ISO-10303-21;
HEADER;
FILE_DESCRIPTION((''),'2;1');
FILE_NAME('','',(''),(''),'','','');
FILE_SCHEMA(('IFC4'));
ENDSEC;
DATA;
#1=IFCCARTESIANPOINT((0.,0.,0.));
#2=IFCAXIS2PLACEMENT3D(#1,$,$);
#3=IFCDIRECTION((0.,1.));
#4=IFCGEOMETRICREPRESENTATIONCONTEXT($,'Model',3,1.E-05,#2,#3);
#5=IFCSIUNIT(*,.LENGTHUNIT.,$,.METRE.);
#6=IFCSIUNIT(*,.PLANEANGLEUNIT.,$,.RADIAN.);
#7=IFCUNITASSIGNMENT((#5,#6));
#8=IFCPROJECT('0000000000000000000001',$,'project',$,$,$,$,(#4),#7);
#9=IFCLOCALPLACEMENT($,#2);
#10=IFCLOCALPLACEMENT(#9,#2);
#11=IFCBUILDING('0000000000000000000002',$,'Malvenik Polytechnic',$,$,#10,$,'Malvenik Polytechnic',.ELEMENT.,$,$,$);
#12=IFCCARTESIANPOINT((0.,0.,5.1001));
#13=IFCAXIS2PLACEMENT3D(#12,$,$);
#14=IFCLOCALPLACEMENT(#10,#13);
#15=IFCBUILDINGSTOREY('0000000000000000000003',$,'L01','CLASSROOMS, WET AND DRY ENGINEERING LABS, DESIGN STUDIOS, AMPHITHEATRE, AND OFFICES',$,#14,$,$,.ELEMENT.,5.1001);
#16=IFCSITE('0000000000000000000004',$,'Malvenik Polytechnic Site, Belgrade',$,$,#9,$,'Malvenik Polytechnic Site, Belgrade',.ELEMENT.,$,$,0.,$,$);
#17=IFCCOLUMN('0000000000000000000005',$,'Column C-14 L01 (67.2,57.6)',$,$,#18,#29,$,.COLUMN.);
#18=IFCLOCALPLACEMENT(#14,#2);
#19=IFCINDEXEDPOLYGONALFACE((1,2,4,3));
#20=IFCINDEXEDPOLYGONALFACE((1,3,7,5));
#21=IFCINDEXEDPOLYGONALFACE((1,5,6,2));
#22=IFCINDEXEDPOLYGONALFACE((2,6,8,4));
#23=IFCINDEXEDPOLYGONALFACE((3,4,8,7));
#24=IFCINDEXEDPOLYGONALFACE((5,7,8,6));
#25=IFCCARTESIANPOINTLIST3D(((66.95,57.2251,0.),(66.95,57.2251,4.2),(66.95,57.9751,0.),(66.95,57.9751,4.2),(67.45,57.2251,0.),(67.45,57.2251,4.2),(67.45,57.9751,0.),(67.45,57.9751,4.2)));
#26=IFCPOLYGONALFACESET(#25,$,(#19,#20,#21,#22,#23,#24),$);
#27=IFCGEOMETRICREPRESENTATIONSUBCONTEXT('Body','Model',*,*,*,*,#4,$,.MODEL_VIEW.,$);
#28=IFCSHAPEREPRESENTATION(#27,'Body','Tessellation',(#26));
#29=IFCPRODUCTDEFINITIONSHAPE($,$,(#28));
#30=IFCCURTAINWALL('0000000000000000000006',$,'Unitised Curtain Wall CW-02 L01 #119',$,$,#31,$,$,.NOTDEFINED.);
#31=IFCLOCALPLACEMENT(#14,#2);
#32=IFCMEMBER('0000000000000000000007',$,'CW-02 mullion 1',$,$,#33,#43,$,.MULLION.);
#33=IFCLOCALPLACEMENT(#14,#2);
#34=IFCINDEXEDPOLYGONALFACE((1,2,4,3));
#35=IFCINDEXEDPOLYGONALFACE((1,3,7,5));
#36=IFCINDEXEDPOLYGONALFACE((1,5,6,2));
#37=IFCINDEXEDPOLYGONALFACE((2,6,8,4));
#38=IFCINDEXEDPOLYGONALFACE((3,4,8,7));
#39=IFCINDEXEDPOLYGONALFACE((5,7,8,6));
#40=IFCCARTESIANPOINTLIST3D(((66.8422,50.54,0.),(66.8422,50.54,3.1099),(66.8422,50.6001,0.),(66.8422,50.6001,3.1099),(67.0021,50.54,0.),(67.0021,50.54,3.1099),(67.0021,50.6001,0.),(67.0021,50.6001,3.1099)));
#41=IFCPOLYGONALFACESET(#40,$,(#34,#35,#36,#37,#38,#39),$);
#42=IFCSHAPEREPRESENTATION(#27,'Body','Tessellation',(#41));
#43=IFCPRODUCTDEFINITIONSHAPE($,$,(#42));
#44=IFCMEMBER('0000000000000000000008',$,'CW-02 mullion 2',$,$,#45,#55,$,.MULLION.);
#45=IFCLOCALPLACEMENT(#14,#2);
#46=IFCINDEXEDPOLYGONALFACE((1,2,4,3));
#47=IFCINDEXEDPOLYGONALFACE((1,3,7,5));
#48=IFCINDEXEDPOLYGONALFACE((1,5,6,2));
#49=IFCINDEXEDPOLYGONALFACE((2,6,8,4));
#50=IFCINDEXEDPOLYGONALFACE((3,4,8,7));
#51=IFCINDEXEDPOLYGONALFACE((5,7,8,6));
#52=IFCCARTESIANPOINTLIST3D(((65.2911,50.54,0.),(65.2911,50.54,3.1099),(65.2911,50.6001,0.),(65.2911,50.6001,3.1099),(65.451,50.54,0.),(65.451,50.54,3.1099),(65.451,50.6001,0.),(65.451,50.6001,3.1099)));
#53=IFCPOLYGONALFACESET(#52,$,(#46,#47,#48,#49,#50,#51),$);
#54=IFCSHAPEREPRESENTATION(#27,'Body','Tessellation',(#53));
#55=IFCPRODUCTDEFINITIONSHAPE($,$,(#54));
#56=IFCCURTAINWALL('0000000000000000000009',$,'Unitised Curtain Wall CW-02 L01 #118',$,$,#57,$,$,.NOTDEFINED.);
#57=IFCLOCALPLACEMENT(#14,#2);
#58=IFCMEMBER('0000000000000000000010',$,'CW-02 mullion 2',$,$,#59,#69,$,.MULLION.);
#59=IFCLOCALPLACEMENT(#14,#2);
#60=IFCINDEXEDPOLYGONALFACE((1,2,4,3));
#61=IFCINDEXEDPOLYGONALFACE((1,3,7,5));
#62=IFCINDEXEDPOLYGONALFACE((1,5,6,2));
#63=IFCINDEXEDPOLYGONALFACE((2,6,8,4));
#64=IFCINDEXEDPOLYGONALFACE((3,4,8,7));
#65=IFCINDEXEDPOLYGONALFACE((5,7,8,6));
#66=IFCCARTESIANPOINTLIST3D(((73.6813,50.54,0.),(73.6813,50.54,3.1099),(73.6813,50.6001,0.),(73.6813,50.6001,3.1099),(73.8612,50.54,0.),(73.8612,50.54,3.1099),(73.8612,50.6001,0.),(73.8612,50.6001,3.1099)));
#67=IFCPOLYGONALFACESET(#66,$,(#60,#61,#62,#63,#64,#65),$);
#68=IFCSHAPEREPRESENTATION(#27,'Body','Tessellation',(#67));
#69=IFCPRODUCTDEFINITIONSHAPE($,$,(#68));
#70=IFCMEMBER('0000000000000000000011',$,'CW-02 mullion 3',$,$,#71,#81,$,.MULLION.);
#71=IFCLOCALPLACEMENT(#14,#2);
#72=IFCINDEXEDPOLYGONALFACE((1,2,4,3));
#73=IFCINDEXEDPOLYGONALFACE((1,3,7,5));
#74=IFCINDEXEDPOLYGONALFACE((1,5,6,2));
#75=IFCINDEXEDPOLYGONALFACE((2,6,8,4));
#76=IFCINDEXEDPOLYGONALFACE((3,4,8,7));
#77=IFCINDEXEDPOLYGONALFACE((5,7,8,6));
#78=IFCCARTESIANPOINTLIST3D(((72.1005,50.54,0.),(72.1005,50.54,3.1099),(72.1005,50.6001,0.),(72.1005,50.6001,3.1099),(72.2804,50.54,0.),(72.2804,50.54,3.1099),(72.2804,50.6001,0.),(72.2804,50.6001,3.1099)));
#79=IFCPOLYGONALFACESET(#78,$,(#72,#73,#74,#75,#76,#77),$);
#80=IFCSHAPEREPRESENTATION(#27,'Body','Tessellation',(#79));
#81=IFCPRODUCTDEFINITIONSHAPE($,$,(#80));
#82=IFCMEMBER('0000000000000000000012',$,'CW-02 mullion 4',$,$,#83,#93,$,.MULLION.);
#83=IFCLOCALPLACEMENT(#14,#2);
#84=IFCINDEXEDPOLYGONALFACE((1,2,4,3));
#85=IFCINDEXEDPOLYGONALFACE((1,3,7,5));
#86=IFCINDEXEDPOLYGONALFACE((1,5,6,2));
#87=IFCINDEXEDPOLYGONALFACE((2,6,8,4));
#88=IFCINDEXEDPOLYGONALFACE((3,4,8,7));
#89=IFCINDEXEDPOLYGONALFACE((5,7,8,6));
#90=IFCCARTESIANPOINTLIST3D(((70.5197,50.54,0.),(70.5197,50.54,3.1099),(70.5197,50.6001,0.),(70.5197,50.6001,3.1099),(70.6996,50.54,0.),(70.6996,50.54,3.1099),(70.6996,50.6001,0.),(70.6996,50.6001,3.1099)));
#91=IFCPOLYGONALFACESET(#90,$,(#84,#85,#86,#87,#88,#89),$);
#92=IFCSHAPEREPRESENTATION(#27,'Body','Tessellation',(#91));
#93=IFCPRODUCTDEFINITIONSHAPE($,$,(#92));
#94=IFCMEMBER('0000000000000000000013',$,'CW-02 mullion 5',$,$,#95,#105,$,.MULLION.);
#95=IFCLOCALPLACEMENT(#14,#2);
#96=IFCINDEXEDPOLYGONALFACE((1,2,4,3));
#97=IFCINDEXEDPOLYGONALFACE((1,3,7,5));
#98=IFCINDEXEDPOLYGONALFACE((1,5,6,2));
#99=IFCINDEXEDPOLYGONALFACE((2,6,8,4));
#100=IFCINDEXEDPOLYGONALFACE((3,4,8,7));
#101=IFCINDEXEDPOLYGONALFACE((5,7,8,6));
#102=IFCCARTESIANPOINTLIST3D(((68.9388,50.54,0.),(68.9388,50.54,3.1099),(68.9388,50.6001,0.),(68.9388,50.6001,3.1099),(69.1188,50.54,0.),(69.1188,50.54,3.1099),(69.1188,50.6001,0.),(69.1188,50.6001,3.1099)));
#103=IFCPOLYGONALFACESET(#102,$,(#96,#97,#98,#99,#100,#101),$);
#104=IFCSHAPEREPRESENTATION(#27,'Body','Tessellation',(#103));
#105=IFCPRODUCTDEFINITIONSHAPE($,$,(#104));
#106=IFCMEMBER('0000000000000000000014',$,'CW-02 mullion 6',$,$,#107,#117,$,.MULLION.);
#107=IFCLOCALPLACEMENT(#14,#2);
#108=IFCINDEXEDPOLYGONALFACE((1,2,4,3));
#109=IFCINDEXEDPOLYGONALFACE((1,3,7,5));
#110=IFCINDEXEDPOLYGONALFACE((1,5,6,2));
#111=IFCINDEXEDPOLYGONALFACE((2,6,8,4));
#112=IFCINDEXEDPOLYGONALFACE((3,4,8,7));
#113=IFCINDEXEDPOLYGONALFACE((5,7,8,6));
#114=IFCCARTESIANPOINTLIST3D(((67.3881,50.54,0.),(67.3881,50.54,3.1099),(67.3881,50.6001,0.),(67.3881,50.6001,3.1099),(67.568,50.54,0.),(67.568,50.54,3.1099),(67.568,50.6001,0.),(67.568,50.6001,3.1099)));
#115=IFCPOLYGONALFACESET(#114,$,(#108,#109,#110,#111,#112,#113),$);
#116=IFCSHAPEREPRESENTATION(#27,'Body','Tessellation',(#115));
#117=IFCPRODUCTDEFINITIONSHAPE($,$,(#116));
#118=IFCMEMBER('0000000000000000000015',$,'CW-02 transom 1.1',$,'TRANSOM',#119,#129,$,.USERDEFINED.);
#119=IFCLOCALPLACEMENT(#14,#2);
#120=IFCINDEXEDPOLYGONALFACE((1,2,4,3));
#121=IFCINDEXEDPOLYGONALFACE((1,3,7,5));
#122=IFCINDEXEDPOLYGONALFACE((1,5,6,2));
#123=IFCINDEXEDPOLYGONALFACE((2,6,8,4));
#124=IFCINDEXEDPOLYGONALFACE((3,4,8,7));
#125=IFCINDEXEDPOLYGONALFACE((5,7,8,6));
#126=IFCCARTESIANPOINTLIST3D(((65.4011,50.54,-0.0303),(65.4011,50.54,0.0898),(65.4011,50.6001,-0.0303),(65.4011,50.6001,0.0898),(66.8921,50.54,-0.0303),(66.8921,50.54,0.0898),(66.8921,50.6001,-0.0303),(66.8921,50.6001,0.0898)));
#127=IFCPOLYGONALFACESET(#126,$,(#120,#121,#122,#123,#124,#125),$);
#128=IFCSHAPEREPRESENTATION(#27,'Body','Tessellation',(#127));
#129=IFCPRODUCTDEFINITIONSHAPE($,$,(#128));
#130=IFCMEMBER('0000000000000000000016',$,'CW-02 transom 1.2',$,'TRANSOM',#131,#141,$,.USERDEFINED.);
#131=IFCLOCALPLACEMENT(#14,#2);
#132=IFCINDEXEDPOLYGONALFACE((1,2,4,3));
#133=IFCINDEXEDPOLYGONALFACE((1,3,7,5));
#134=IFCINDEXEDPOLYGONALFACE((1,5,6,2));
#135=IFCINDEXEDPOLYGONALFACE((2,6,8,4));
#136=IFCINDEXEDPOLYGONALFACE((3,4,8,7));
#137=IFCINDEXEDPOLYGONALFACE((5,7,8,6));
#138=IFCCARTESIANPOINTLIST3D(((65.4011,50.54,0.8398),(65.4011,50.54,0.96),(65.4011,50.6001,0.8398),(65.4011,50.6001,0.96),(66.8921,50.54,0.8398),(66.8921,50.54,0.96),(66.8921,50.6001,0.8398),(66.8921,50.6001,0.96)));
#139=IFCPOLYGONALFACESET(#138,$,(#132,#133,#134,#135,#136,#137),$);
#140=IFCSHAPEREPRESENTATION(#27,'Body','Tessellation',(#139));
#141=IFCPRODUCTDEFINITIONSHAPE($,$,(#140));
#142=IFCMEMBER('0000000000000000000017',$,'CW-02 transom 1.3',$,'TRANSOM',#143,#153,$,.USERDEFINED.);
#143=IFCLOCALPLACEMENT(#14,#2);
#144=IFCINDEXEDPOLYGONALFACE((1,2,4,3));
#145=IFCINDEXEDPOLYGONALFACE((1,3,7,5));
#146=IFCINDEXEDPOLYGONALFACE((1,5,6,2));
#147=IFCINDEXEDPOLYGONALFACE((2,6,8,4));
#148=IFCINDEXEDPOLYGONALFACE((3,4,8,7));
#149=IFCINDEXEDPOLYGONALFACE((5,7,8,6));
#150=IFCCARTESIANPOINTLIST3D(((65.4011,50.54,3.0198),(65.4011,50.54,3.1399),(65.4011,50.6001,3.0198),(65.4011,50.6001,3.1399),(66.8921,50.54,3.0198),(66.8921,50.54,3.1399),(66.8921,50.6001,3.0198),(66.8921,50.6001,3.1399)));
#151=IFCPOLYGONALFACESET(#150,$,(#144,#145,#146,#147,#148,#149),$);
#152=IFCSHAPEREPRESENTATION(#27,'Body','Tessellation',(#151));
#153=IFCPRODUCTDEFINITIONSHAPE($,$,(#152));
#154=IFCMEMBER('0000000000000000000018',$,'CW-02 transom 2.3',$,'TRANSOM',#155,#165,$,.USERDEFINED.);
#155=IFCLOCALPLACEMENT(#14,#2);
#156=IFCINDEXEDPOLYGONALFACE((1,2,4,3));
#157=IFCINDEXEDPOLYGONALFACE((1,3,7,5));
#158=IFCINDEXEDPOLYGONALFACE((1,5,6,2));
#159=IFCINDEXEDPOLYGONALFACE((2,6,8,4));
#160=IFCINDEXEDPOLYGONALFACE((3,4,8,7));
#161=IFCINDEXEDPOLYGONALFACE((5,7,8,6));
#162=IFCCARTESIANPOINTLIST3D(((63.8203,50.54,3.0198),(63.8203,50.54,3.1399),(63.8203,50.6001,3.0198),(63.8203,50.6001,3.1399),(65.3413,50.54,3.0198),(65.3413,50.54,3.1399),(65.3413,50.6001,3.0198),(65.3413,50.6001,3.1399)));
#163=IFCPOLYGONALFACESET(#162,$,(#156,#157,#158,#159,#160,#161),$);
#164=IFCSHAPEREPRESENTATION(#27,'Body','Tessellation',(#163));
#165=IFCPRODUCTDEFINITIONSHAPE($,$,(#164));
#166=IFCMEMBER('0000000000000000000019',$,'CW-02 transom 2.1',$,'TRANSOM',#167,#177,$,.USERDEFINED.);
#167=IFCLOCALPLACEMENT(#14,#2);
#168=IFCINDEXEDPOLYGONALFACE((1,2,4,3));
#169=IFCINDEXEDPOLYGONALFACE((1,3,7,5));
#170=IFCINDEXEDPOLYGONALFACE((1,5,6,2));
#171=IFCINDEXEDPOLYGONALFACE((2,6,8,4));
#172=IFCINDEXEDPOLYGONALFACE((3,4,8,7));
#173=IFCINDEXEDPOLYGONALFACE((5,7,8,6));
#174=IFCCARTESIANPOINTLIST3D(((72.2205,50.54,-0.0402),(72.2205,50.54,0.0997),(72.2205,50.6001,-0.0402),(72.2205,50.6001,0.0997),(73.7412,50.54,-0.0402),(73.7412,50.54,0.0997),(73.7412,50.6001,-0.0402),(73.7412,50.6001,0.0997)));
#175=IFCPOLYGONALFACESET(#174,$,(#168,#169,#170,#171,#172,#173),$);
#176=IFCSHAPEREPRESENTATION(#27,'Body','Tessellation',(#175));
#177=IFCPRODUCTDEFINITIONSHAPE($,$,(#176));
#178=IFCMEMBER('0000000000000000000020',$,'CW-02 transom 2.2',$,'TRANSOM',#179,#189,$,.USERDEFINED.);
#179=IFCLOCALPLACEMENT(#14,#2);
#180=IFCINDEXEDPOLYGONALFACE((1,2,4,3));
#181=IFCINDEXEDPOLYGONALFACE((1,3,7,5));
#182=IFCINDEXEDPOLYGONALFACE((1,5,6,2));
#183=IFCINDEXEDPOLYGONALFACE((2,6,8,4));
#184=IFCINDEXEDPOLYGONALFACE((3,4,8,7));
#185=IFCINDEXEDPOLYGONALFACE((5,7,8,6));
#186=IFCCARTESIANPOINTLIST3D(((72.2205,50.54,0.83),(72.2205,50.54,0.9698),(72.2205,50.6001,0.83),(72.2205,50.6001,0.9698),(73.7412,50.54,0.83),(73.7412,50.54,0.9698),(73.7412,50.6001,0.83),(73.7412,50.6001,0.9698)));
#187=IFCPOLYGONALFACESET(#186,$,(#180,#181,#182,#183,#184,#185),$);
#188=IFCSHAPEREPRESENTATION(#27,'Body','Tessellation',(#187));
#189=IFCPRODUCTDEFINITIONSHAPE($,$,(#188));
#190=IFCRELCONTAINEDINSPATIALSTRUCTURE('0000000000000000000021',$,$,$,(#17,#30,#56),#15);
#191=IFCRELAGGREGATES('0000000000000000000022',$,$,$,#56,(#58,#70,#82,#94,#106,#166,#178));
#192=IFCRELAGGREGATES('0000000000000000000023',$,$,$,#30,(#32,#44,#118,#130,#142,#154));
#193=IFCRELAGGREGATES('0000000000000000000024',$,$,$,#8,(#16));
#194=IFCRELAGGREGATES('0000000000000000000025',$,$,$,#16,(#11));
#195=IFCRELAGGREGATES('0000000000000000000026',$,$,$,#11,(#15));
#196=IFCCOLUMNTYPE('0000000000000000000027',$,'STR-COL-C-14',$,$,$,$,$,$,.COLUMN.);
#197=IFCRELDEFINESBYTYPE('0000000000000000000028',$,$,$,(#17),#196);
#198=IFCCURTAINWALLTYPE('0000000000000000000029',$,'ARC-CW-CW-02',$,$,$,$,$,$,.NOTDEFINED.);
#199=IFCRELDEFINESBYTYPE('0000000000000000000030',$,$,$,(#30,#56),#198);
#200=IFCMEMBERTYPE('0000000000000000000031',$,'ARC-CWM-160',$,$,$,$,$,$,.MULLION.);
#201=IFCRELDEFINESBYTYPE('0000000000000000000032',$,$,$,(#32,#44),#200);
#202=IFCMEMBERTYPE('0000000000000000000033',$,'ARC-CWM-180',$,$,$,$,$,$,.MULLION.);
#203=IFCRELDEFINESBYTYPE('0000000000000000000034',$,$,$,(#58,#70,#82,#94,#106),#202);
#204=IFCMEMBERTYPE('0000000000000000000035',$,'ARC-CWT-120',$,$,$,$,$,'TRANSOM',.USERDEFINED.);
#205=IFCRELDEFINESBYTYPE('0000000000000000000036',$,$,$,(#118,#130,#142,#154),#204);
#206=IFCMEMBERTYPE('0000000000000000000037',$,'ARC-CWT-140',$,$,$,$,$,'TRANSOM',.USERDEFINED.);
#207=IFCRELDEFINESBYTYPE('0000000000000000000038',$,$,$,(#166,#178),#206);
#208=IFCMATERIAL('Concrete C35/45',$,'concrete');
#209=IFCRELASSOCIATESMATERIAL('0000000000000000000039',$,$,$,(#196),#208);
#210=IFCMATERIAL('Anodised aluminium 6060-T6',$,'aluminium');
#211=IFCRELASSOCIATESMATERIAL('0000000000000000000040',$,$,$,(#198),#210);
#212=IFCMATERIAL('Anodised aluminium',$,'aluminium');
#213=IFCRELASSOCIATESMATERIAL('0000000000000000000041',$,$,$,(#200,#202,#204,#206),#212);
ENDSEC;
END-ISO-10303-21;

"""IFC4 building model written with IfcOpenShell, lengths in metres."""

from ifc_helpers import new_model, si_unit, direction, frame, origin, origin_2d, place, context, subcontext, project, spatial, rectangle, extrude, material, material_profile, profile_set, type_object, element, aggregate, save


model = new_model("IFC4")

# Units and contexts
model_context = context("Model", 3, precision=1e-05, world=origin(), true_north=direction((0.0, 1.0)))
body_context = subcontext(model_context, "Body", "Model", "MODEL_VIEW")
ifc_project = project(units=[si_unit("LENGTHUNIT", "METRE"), si_unit("PLANEANGLEUNIT", "RADIAN")], contexts=[model_context])

# Site, building, storey
site_placement = place(None, origin())
site = spatial("IfcSite", under=ifc_project, at=site_placement, Name="Malvenik Polytechnic Site, Belgrade", LongName="Malvenik Polytechnic Site, Belgrade", CompositionType="ELEMENT", RefElevation=0.0)
building_placement = place(site_placement, origin())
building = spatial("IfcBuilding", under=site, at=building_placement, Name="Malvenik Polytechnic", LongName="Malvenik Polytechnic", CompositionType="ELEMENT")
storey_placement = place(building_placement, frame((0.0, 0.0, 5.1001)))
storey = spatial("IfcBuildingStorey", under=building, at=storey_placement, Name="L01", Description="CLASSROOMS, WET AND DRY ENGINEERING LABS, DESIGN STUDIOS, AMPHITHEATRE, AND OFFICES", CompositionType="ELEMENT", Elevation=5.1001)

# Column
ifc_material_1 = material(Name="Concrete C35/45", Category="concrete")
ifc_material_profile_1 = material_profile(ifc_material_1, rectangle(XDim=0.5, YDim=0.75, at=origin_2d()), Name="RC COL 750x500")
ifc_profile_set_1 = profile_set([ifc_material_profile_1], Name="Concrete C35/45")
column_type = type_object("IfcColumnType", Name="STR-COL-C-14", PredefinedType="COLUMN", material=ifc_profile_set_1)
column_placement = place(storey_placement, frame((67.2, 57.6001, 0.0), z_axis=(0.0, 0.0, 1.0), x_axis=(1.0, 0.0, 0.0)))
element("IfcColumn", 1, at=column_placement, inside=storey, type_object=column_type, Name="Column C-14 L01 (67.2,57.6)", PredefinedType="COLUMN", context=body_context, shape_type="SweptSolid", body=[
    extrude(rectangle(XDim=0.5, YDim=0.75, at=origin_2d()), origin(), (0.0, 0.0, 1.0), 4.2),
])

# Curtain walls, members
ifc_material_2 = material(Name="Anodised aluminium 6060-T6", Category="aluminium")
curtain_wall_type = type_object("IfcCurtainWallType", Name="ARC-CW-CW-02", PredefinedType="NOTDEFINED", material=ifc_material_2)
curtain_wall_1_placement = place(storey_placement, origin())
curtain_wall_1 = element("IfcCurtainWall", 2, at=curtain_wall_1_placement, inside=storey, type_object=curtain_wall_type, Name="Unitised Curtain Wall CW-02 L01 #119", PredefinedType="NOTDEFINED")
ifc_material_3 = material(Name="Anodised aluminium", Category="aluminium")
ifc_material_profile_2 = material_profile(ifc_material_3, rectangle(XDim=0.0601, YDim=0.1599, at=origin_2d()), Name="ALU MULLION 60x160")
ifc_profile_set_2 = profile_set([ifc_material_profile_2], Name="Anodised aluminium")
member_type_1 = type_object("IfcMemberType", Name="ARC-CWM-160", PredefinedType="MULLION", material=ifc_profile_set_2)
member_1_placement = place(storey_placement, frame((66.9221, 50.5701, 0.0), z_axis=(0.0, 0.0, 1.0), x_axis=(0.0, -1.0, 0.0)))
member_1 = element("IfcMember", 3, at=member_1_placement, type_object=member_type_1, Name="CW-02 mullion 1", PredefinedType="MULLION", context=body_context, shape_type="SweptSolid", body=[
    extrude(rectangle(XDim=0.0601, YDim=0.1599, at=origin_2d()), origin(), (0.0, 0.0, 1.0), 3.1099),
])
member_2_placement = place(storey_placement, frame((65.3711, 50.5701, 0.0), z_axis=(0.0, 0.0, 1.0), x_axis=(0.0, -1.0, 0.0)))
member_2 = element("IfcMember", 4, at=member_2_placement, type_object=member_type_1, Name="CW-02 mullion 2", PredefinedType="MULLION", context=body_context, shape_type="SweptSolid", body=[
    extrude(rectangle(XDim=0.0601, YDim=0.1599, at=origin_2d()), origin(), (0.0, 0.0, 1.0), 3.1099),
])
curtain_wall_2_placement = place(storey_placement, origin())
curtain_wall_2 = element("IfcCurtainWall", 5, at=curtain_wall_2_placement, inside=storey, type_object=curtain_wall_type, Name="Unitised Curtain Wall CW-02 L01 #118", PredefinedType="NOTDEFINED")
ifc_material_profile_3 = material_profile(ifc_material_3, rectangle(XDim=0.0601, YDim=0.1799, at=origin_2d()), Name="ALU MULLION 60x180")
ifc_profile_set_3 = profile_set([ifc_material_profile_3], Name="Anodised aluminium")
member_type_2 = type_object("IfcMemberType", Name="ARC-CWM-180", PredefinedType="MULLION", material=ifc_profile_set_3)
member_3_placement = place(storey_placement, frame((73.7712, 50.5701, 0.0), z_axis=(0.0, 0.0, 1.0), x_axis=(0.0, -1.0, 0.0)))
member_3 = element("IfcMember", 6, at=member_3_placement, type_object=member_type_2, Name="CW-02 mullion 2", PredefinedType="MULLION", context=body_context, shape_type="SweptSolid", body=[
    extrude(rectangle(XDim=0.0601, YDim=0.1799, at=origin_2d()), origin(), (0.0, 0.0, 1.0), 3.1099),
])
member_4_placement = place(storey_placement, frame((72.1904, 50.5701, 0.0), z_axis=(0.0, 0.0, 1.0), x_axis=(0.0, -1.0, 0.0)))
member_4 = element("IfcMember", 7, at=member_4_placement, type_object=member_type_2, Name="CW-02 mullion 3", PredefinedType="MULLION", context=body_context, shape_type="SweptSolid", body=[
    extrude(rectangle(XDim=0.0601, YDim=0.1799, at=origin_2d()), origin(), (0.0, 0.0, 1.0), 3.1099),
])
member_5_placement = place(storey_placement, frame((70.6096, 50.5701, 0.0), z_axis=(0.0, 0.0, 1.0), x_axis=(0.0, -1.0, 0.0)))
member_5 = element("IfcMember", 8, at=member_5_placement, type_object=member_type_2, Name="CW-02 mullion 4", PredefinedType="MULLION", context=body_context, shape_type="SweptSolid", body=[
    extrude(rectangle(XDim=0.0601, YDim=0.1799, at=origin_2d()), origin(), (0.0, 0.0, 1.0), 3.1099),
])
member_6_placement = place(storey_placement, frame((69.0288, 50.5701, 0.0), z_axis=(0.0, 0.0, 1.0), x_axis=(0.0, -1.0, 0.0)))
member_6 = element("IfcMember", 9, at=member_6_placement, type_object=member_type_2, Name="CW-02 mullion 5", PredefinedType="MULLION", context=body_context, shape_type="SweptSolid", body=[
    extrude(rectangle(XDim=0.0601, YDim=0.1799, at=origin_2d()), origin(), (0.0, 0.0, 1.0), 3.1099),
])
member_7_placement = place(storey_placement, frame((67.478, 50.5701, 0.0), z_axis=(0.0, 0.0, 1.0), x_axis=(0.0, -1.0, 0.0)))
member_7 = element("IfcMember", 10, at=member_7_placement, type_object=member_type_2, Name="CW-02 mullion 6", PredefinedType="MULLION", context=body_context, shape_type="SweptSolid", body=[
    extrude(rectangle(XDim=0.0601, YDim=0.1799, at=origin_2d()), origin(), (0.0, 0.0, 1.0), 3.1099),
])

# Members
ifc_material_profile_4 = material_profile(ifc_material_3, rectangle(XDim=0.0601, YDim=0.1201, at=origin_2d()), Name="ALU TRANSOM 60x120")
ifc_profile_set_4 = profile_set([ifc_material_profile_4], Name="Anodised aluminium")
member_type_3 = type_object("IfcMemberType", Name="ARC-CWT-120", ElementType="TRANSOM", PredefinedType="USERDEFINED", material=ifc_profile_set_4)
member_8_placement = place(storey_placement, frame((66.8921, 50.5701, 0.0298), z_axis=(-1.0, 0.0, 0.0), x_axis=(0.0, -1.0, 0.0)))
member_8 = element("IfcMember", 11, at=member_8_placement, type_object=member_type_3, Name="CW-02 transom 1.1", ObjectType="TRANSOM", PredefinedType="USERDEFINED", context=body_context, shape_type="SweptSolid", body=[
    extrude(rectangle(XDim=0.0601, YDim=0.1201, at=origin_2d()), origin(), (0.0, 0.0, 1.0), 1.491),
])
member_9_placement = place(storey_placement, frame((66.8921, 50.5701, 0.8999), z_axis=(-1.0, 0.0, 0.0), x_axis=(0.0, -1.0, 0.0)))
member_9 = element("IfcMember", 12, at=member_9_placement, type_object=member_type_3, Name="CW-02 transom 1.2", ObjectType="TRANSOM", PredefinedType="USERDEFINED", context=body_context, shape_type="SweptSolid", body=[
    extrude(rectangle(XDim=0.0601, YDim=0.1201, at=origin_2d()), origin(), (0.0, 0.0, 1.0), 1.491),
])
member_10_placement = place(storey_placement, frame((66.8921, 50.5701, 3.0798), z_axis=(-1.0, 0.0, 0.0), x_axis=(0.0, -1.0, 0.0)))
member_10 = element("IfcMember", 13, at=member_10_placement, type_object=member_type_3, Name="CW-02 transom 1.3", ObjectType="TRANSOM", PredefinedType="USERDEFINED", context=body_context, shape_type="SweptSolid", body=[
    extrude(rectangle(XDim=0.0601, YDim=0.1201, at=origin_2d()), origin(), (0.0, 0.0, 1.0), 1.491),
])
member_11_placement = place(storey_placement, frame((65.3413, 50.5701, 3.0798), z_axis=(-1.0, 0.0, 0.0), x_axis=(0.0, -1.0, 0.0)))
member_11 = element("IfcMember", 14, at=member_11_placement, type_object=member_type_3, Name="CW-02 transom 2.3", ObjectType="TRANSOM", PredefinedType="USERDEFINED", context=body_context, shape_type="SweptSolid", body=[
    extrude(rectangle(XDim=0.0601, YDim=0.1201, at=origin_2d()), origin(), (0.0, 0.0, 1.0), 1.521),
])
ifc_material_profile_5 = material_profile(ifc_material_3, rectangle(XDim=0.0601, YDim=0.1399, at=origin_2d()), Name="ALU TRANSOM 60x140")
ifc_profile_set_5 = profile_set([ifc_material_profile_5], Name="Anodised aluminium")
member_type_4 = type_object("IfcMemberType", Name="ARC-CWT-140", ElementType="TRANSOM", PredefinedType="USERDEFINED", material=ifc_profile_set_5)
member_12_placement = place(storey_placement, frame((73.7412, 50.5701, 0.0298), z_axis=(-1.0, 0.0, 0.0), x_axis=(0.0, -1.0, 0.0)))
member_12 = element("IfcMember", 15, at=member_12_placement, type_object=member_type_4, Name="CW-02 transom 2.1", ObjectType="TRANSOM", PredefinedType="USERDEFINED", context=body_context, shape_type="SweptSolid", body=[
    extrude(rectangle(XDim=0.0601, YDim=0.1399, at=origin_2d()), origin(), (0.0, 0.0, 1.0), 1.5208),
])
member_13_placement = place(storey_placement, frame((73.7412, 50.5701, 0.8999), z_axis=(-1.0, 0.0, 0.0), x_axis=(0.0, -1.0, 0.0)))
member_13 = element("IfcMember", 16, at=member_13_placement, type_object=member_type_4, Name="CW-02 transom 2.2", ObjectType="TRANSOM", PredefinedType="USERDEFINED", context=body_context, shape_type="SweptSolid", body=[
    extrude(rectangle(XDim=0.0601, YDim=0.1399, at=origin_2d()), origin(), (0.0, 0.0, 1.0), 1.5208),
])

aggregate(curtain_wall_2, [member_3, member_4, member_5, member_6, member_7, member_12, member_13])
aggregate(curtain_wall_1, [member_1, member_2, member_8, member_9, member_10, member_11])

save(model, "model.ifc")
